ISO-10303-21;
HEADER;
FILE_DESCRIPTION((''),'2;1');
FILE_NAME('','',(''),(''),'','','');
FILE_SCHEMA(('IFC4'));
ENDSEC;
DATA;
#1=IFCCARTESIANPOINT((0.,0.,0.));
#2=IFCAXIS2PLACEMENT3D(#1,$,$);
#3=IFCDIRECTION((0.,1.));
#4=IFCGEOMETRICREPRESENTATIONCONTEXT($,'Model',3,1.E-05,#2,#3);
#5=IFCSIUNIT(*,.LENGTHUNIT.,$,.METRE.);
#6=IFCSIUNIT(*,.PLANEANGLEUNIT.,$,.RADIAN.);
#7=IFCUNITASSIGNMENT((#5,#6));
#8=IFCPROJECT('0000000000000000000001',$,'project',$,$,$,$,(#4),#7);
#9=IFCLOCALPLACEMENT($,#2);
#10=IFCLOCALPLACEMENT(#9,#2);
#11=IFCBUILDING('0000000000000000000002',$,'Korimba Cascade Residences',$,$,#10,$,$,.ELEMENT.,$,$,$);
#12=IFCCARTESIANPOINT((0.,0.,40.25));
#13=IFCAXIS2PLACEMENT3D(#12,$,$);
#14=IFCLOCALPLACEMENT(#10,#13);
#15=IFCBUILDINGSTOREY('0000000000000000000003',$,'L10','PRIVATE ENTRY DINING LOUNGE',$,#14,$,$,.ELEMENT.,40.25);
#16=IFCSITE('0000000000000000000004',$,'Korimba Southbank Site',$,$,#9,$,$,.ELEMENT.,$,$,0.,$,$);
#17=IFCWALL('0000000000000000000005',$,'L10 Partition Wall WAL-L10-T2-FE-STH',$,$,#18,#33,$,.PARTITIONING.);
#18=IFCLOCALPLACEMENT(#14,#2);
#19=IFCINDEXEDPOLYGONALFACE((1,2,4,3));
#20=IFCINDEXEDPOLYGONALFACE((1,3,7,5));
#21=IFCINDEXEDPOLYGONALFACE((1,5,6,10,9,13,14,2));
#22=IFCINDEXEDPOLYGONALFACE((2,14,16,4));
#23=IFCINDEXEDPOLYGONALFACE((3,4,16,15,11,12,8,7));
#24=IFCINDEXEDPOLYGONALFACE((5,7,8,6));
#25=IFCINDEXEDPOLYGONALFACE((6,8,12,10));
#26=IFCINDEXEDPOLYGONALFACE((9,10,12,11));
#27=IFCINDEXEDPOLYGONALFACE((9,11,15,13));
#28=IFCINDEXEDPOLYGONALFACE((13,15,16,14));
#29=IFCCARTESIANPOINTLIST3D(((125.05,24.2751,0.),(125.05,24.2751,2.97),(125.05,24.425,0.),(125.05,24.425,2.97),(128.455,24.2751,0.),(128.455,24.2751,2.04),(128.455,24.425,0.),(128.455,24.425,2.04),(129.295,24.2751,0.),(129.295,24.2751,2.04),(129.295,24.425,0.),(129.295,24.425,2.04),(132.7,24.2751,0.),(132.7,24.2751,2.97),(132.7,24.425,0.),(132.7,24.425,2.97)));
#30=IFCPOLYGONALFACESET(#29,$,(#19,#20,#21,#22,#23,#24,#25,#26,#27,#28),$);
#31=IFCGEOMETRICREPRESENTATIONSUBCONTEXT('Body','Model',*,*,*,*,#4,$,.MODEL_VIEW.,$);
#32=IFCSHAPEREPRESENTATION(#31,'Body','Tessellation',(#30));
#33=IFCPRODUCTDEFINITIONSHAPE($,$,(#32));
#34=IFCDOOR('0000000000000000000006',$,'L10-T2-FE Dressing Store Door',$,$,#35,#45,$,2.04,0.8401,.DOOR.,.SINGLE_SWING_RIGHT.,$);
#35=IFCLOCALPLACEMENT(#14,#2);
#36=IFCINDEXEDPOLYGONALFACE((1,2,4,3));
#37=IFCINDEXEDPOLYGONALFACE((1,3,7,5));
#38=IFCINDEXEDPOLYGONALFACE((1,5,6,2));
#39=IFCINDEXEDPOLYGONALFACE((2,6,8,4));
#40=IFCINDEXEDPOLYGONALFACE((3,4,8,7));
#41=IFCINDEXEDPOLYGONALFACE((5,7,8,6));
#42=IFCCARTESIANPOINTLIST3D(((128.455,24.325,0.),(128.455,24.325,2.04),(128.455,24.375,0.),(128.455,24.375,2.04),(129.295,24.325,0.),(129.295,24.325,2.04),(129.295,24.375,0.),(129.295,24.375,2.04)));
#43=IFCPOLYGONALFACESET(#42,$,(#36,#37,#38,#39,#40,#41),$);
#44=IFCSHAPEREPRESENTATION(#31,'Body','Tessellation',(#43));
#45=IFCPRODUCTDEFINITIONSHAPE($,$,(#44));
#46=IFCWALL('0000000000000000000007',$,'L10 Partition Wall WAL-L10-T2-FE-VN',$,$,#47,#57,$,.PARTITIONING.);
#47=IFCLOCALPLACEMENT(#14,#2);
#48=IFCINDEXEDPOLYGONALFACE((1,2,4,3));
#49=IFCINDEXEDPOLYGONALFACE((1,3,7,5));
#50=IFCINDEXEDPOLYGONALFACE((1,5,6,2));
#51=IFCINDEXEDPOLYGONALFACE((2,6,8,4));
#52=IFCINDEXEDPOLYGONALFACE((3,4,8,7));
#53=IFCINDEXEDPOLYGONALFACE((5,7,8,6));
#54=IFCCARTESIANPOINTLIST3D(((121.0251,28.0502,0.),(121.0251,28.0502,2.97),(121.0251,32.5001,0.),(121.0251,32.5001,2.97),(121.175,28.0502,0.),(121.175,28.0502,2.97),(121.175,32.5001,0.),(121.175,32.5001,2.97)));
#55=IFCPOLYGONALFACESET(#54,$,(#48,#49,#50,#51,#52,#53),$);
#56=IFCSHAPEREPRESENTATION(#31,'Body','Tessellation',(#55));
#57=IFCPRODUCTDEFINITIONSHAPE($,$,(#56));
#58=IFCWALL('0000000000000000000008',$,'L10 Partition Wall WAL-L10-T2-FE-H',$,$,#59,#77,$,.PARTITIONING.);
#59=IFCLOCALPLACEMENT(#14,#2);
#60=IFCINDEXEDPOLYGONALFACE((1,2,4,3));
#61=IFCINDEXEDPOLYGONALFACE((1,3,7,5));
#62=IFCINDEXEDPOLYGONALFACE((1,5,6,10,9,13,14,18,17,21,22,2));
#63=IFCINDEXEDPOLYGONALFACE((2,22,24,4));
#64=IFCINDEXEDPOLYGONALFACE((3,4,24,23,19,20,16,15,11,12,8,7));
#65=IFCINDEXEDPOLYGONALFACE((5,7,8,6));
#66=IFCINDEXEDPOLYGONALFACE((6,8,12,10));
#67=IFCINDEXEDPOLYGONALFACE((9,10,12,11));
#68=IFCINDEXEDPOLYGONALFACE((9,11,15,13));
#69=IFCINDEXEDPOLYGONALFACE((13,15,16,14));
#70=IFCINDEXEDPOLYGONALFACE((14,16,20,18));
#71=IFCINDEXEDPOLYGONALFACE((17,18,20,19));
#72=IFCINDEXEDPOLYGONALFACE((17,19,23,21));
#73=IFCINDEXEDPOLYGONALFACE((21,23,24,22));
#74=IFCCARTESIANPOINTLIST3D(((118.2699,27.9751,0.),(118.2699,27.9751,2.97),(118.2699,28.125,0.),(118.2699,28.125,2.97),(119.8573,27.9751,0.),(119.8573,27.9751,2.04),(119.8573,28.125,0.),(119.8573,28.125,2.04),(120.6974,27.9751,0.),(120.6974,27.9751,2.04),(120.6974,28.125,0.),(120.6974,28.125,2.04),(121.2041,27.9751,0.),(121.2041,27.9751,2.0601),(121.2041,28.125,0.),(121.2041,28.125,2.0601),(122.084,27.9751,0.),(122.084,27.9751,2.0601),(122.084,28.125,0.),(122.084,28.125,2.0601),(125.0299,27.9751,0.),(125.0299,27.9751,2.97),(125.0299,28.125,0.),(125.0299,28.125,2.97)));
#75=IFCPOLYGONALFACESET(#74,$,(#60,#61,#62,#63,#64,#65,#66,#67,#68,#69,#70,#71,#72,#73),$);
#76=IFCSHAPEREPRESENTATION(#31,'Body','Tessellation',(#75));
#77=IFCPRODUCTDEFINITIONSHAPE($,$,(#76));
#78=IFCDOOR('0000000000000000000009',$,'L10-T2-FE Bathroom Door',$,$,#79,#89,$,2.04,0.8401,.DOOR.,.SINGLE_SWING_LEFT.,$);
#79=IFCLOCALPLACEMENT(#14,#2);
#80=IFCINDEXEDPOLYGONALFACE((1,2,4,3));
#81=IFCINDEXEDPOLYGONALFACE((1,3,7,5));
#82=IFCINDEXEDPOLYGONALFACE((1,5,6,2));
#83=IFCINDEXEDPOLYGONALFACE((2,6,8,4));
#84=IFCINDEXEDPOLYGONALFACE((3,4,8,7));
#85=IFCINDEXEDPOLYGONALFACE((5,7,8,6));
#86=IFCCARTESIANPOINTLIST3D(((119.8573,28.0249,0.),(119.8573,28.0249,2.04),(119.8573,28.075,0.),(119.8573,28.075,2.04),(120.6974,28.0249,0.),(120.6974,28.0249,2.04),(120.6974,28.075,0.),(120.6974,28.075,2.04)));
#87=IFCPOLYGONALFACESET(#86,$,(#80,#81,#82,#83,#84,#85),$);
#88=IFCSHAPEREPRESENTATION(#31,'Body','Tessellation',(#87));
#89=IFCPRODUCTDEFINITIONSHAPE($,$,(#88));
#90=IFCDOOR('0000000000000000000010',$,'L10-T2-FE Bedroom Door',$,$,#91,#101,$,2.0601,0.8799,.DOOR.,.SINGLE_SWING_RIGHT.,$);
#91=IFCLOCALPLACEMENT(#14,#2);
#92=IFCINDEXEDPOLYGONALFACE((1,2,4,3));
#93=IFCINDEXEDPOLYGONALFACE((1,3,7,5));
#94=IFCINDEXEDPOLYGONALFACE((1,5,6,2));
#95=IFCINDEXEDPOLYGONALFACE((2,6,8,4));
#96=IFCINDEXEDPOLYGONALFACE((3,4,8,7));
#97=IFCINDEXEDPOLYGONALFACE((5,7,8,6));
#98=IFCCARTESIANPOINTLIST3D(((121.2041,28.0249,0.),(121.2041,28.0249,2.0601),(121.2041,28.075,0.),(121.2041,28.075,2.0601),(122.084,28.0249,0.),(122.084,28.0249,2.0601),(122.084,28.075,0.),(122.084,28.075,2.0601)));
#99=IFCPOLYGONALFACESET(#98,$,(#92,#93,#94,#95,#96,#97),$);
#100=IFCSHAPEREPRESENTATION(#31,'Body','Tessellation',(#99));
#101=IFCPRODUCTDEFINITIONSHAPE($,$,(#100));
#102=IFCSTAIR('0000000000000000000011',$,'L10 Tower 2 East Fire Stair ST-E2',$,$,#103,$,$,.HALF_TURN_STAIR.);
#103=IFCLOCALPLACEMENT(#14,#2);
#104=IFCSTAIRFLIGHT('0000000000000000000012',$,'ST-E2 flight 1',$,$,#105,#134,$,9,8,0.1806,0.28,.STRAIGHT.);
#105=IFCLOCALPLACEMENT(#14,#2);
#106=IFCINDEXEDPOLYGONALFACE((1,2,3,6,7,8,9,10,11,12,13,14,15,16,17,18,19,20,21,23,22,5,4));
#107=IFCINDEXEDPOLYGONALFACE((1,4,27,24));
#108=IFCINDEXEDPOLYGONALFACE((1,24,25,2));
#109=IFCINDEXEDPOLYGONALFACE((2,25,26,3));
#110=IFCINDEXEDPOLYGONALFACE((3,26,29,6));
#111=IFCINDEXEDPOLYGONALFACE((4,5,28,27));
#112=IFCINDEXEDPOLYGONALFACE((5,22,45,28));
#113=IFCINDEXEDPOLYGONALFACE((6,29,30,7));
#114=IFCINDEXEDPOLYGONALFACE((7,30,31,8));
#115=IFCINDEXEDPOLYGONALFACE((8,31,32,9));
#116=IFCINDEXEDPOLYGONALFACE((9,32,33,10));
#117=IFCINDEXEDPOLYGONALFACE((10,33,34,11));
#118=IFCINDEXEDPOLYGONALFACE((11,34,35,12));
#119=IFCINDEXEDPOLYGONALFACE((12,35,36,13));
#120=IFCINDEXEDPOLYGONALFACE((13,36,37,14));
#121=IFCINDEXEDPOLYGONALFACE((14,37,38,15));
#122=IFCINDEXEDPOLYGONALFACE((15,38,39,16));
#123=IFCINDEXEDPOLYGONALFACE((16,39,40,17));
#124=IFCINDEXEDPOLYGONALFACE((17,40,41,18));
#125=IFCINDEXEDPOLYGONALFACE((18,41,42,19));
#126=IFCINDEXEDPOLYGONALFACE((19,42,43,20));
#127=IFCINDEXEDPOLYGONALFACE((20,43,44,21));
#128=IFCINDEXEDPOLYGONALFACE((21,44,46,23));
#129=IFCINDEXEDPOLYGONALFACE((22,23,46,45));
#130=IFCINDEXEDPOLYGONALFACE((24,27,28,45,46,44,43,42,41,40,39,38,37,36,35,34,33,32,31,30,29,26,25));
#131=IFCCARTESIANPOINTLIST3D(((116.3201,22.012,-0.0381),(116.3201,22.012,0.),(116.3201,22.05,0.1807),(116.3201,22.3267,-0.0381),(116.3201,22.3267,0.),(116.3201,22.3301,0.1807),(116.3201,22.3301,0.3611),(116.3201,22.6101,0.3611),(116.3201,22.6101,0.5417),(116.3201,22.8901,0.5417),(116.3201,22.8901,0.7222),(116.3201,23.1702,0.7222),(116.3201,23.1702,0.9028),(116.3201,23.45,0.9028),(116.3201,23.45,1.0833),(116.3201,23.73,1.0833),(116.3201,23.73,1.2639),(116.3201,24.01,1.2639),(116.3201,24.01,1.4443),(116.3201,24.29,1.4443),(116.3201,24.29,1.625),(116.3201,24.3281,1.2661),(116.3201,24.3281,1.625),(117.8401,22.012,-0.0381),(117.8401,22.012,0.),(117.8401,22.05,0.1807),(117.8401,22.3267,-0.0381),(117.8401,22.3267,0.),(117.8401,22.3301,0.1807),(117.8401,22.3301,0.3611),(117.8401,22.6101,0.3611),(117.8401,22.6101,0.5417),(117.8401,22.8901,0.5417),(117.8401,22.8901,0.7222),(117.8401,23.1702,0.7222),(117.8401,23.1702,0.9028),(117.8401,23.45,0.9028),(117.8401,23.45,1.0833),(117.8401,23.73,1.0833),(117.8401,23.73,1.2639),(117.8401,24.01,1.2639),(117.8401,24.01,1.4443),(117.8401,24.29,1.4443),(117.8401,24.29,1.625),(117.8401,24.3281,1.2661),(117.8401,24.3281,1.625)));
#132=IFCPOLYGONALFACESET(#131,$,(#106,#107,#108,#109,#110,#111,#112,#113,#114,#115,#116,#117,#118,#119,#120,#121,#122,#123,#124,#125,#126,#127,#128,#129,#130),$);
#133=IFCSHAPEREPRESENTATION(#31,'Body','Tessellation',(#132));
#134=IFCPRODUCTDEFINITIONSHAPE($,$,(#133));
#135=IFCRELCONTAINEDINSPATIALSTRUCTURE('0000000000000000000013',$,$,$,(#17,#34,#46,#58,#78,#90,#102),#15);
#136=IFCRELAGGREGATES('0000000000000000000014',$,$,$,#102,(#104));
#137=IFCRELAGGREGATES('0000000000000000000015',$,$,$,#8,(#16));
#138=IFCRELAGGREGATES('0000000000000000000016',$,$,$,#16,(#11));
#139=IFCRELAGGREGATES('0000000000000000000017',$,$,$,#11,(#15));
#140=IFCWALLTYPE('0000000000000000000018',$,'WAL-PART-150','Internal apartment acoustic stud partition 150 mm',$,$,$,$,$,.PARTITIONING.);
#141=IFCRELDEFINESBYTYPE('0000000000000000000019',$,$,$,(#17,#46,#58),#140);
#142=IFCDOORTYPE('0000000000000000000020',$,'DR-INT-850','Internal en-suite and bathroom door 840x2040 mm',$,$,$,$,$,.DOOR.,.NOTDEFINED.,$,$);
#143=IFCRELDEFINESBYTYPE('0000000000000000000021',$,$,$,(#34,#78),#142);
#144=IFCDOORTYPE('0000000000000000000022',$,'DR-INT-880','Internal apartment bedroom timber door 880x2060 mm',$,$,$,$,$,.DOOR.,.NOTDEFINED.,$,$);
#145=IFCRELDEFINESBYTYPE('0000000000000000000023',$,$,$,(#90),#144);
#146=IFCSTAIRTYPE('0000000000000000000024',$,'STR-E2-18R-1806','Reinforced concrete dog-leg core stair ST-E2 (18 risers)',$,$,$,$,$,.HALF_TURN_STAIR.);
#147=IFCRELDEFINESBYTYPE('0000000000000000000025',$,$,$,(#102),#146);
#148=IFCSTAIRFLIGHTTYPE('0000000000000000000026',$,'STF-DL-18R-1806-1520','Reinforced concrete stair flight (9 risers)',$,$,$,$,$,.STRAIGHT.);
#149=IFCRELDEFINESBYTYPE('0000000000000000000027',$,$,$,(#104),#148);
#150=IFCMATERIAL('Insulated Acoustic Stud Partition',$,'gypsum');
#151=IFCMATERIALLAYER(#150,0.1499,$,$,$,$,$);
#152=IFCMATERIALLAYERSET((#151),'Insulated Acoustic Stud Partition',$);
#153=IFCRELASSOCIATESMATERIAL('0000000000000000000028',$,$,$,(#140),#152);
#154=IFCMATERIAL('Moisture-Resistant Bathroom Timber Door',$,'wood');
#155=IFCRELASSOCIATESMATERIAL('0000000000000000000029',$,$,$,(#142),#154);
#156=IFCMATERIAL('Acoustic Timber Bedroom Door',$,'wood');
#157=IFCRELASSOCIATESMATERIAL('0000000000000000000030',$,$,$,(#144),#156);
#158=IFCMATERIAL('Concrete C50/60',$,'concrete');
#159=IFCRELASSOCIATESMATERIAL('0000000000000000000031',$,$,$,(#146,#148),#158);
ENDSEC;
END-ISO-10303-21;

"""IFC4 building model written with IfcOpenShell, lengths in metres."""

from ifc_helpers import new_model, si_unit, direction, frame, frame_2d, origin, place, context, subcontext, project, spatial, polyline, rectangle, outline, extrude, material, layer, layer_set, type_object, element, fill, aggregate, save


model = new_model("IFC4")

# Units and contexts
model_context = context("Model", 3, precision=1e-05, world=origin(), true_north=direction((0.0, 1.0)))
body_context = subcontext(model_context, "Body", "Model", "MODEL_VIEW")
ifc_project = project(units=[si_unit("LENGTHUNIT", "METRE"), si_unit("PLANEANGLEUNIT", "RADIAN")], contexts=[model_context])

# Site, building, storey
site_placement = place(None, origin())
site = spatial("IfcSite", under=ifc_project, at=site_placement, Name="Korimba Southbank Site", CompositionType="ELEMENT", RefElevation=0.0)
building_placement = place(site_placement, origin())
building = spatial("IfcBuilding", under=site, at=building_placement, Name="Korimba Cascade Residences", CompositionType="ELEMENT")
storey_placement = place(building_placement, frame((0.0, 0.0, 40.25)))
storey = spatial("IfcBuildingStorey", under=building, at=storey_placement, Name="L10", Description="PRIVATE ENTRY DINING LOUNGE", CompositionType="ELEMENT", Elevation=40.25)

# Shared definitions
ifc_material_1 = material(Name="Concrete C50/60", Category="concrete")

# Wall, opening, door
ifc_material_2 = material(Name="Insulated Acoustic Stud Partition", Category="gypsum")
ifc_layer_1 = layer(ifc_material_2, 0.1499)
ifc_layer_set_1 = layer_set([ifc_layer_1], Name="Insulated Acoustic Stud Partition")
wall_type_1 = type_object("IfcWallType", Name="WAL-PART-150", Description="Internal apartment acoustic stud partition 150 mm", PredefinedType="PARTITIONING", material=ifc_layer_set_1)
wall_1_placement = place(storey_placement, frame((125.05, 24.3501, 0.0), z_axis=(0.0, 0.0, 1.0), x_axis=(1.0, 0.0, 0.0)))
wall_1 = element("IfcWall", 1, at=wall_1_placement, inside=storey, type_object=wall_type_1, Name="L10 Partition Wall WAL-L10-T2-FE-STH", PredefinedType="PARTITIONING", context=body_context, shape_type="SweptSolid", body=[
    extrude(rectangle(XDim=7.6499, YDim=0.1499, at=frame_2d((3.825, 0.0))), origin(), (0.0, 0.0, 1.0), 2.97),
])
opening_1_placement = place(wall_1_placement, frame((3.405, 0.0, 0.0)))
opening_1 = element("IfcOpeningElement", 2, at=opening_1_placement, cuts=wall_1, PredefinedType="OPENING", context=body_context, shape_type="SweptSolid", body=[
    extrude(rectangle(XDim=0.8401, YDim=2.04, at=frame_2d((0.4199, 1.02))), frame((0.0, 0.085, 0.0), z_axis=(0.0, -1.0, 0.0), x_axis=(1.0, 0.0, 0.0)), (0.0, 0.0, 1.0), 0.1699),
])
ifc_material_3 = material(Name="Moisture-Resistant Bathroom Timber Door", Category="wood")
door_type_1 = type_object("IfcDoorType", Name="DR-INT-850", Description="Internal en-suite and bathroom door 840x2040 mm", OperationType="NOTDEFINED", PredefinedType="DOOR", material=ifc_material_3)
door_1_placement = place(opening_1_placement, origin())
door_1 = element("IfcDoor", 3, at=door_1_placement, inside=storey, type_object=door_type_1, Name="L10-T2-FE Dressing Store Door", OperationType="SINGLE_SWING_RIGHT", OverallHeight=2.04, OverallWidth=0.8401, PredefinedType="DOOR", context=body_context, shape_type="SweptSolid", body=[
    extrude(rectangle(XDim=0.8401, YDim=2.04, at=frame_2d((0.4199, 1.02))), frame((0.0, 0.0249, 0.0), z_axis=(0.0, -1.0, 0.0), x_axis=(1.0, 0.0, 0.0)), (0.0, 0.0, 1.0), 0.05),
])
fill(opening_1, door_1)

# Wall
wall_2_placement = place(storey_placement, frame((121.1001, 28.05, 0.0), z_axis=(0.0, 0.0, 1.0), x_axis=(0.0, 1.0, 0.0)))
element("IfcWall", 4, at=wall_2_placement, inside=storey, type_object=wall_type_1, Name="L10 Partition Wall WAL-L10-T2-FE-VN", PredefinedType="PARTITIONING", context=body_context, shape_type="SweptSolid", body=[
    extrude(rectangle(XDim=4.45, YDim=0.1499, at=frame_2d((2.2251, 0.0))), origin(), (0.0, 0.0, 1.0), 2.97),
])

# Wall, openings, doors
wall_3_placement = place(storey_placement, frame((118.27, 28.05, 0.0), z_axis=(0.0, 0.0, 1.0), x_axis=(1.0, 0.0, 0.0)))
wall_3 = element("IfcWall", 5, at=wall_3_placement, inside=storey, type_object=wall_type_1, Name="L10 Partition Wall WAL-L10-T2-FE-H", PredefinedType="PARTITIONING", context=body_context, shape_type="SweptSolid", body=[
    extrude(rectangle(XDim=6.76, YDim=0.1499, at=frame_2d((3.3799, 0.0))), origin(), (0.0, 0.0, 1.0), 2.97),
])
opening_2_placement = place(wall_3_placement, frame((1.5874, 0.0, 0.0)))
opening_2 = element("IfcOpeningElement", 6, at=opening_2_placement, cuts=wall_3, PredefinedType="OPENING", context=body_context, shape_type="SweptSolid", body=[
    extrude(rectangle(XDim=0.8401, YDim=2.04, at=frame_2d((0.4199, 1.02))), frame((0.0, 0.085, 0.0), z_axis=(0.0, -1.0, 0.0), x_axis=(1.0, 0.0, 0.0)), (0.0, 0.0, 1.0), 0.1699),
])
opening_3_placement = place(wall_3_placement, frame((2.9341, 0.0, 0.0)))
opening_3 = element("IfcOpeningElement", 7, at=opening_3_placement, cuts=wall_3, PredefinedType="OPENING", context=body_context, shape_type="SweptSolid", body=[
    extrude(rectangle(XDim=0.8799, YDim=2.0601, at=frame_2d((0.4399, 1.03))), frame((0.0, 0.085, 0.0), z_axis=(0.0, -1.0, 0.0), x_axis=(1.0, 0.0, 0.0)), (0.0, 0.0, 1.0), 0.1699),
])
door_2_placement = place(opening_2_placement, origin())
door_2 = element("IfcDoor", 8, at=door_2_placement, inside=storey, type_object=door_type_1, Name="L10-T2-FE Bathroom Door", OperationType="SINGLE_SWING_LEFT", OverallHeight=2.04, OverallWidth=0.8401, PredefinedType="DOOR", context=body_context, shape_type="SweptSolid", body=[
    extrude(rectangle(XDim=0.8401, YDim=2.04, at=frame_2d((0.4199, 1.02))), frame((0.0, 0.0249, 0.0), z_axis=(0.0, -1.0, 0.0), x_axis=(1.0, 0.0, 0.0)), (0.0, 0.0, 1.0), 0.05),
])
fill(opening_2, door_2)
ifc_material_4 = material(Name="Acoustic Timber Bedroom Door", Category="wood")
door_type_2 = type_object("IfcDoorType", Name="DR-INT-880", Description="Internal apartment bedroom timber door 880x2060 mm", OperationType="NOTDEFINED", PredefinedType="DOOR", material=ifc_material_4)
door_3_placement = place(opening_3_placement, origin())
door_3 = element("IfcDoor", 9, at=door_3_placement, inside=storey, type_object=door_type_2, Name="L10-T2-FE Bedroom Door", OperationType="SINGLE_SWING_RIGHT", OverallHeight=2.0601, OverallWidth=0.8799, PredefinedType="DOOR", context=body_context, shape_type="SweptSolid", body=[
    extrude(rectangle(XDim=0.8799, YDim=2.0601, at=frame_2d((0.4399, 1.03))), frame((0.0, 0.0249, 0.0), z_axis=(0.0, -1.0, 0.0), x_axis=(1.0, 0.0, 0.0)), (0.0, 0.0, 1.0), 0.05),
])
fill(opening_3, door_3)

# Stair, stair flight
stair_type = type_object("IfcStairType", Name="STR-E2-18R-1806", Description="Reinforced concrete dog-leg core stair ST-E2 (18 risers)", PredefinedType="HALF_TURN_STAIR", material=ifc_material_1)
stair_placement = place(storey_placement, origin())
stair = element("IfcStair", 10, at=stair_placement, inside=storey, type_object=stair_type, Name="L10 Tower 2 East Fire Stair ST-E2", PredefinedType="HALF_TURN_STAIR")
stair_flight_type = type_object("IfcStairFlightType", Name="STF-DL-18R-1806-1520", Description="Reinforced concrete stair flight (9 risers)", PredefinedType="STRAIGHT", material=ifc_material_1)
stair_flight_placement = place(storey_placement, frame((117.0801, 22.05, 0.0), z_axis=(0.0, 0.0, 1.0), x_axis=(0.0, 1.0, 0.0)))
stair_flight = element("IfcStairFlight", 11, at=stair_flight_placement, type_object=stair_flight_type, Name="ST-E2 flight 1", NumberOfRisers=9, NumberOfTreads=8, PredefinedType="STRAIGHT", RiserHeight=0.1806, TreadLength=0.28, context=body_context, shape_type="SweptSolid", body=[
    extrude(outline(polyline([(-0.0381, 0.0), (0.0, 0.1807), (0.28, 0.1807), (0.28, 0.3611), (0.5601, 0.3611), (0.5601, 0.5417), (0.8401, 0.5417), (0.8401, 0.7222), (1.1201, 0.7222), (1.1201, 0.9028), (1.3999, 0.9028), (1.3999, 1.0833), (1.6799, 1.0833), (1.6799, 1.2639), (1.96, 1.2639), (1.96, 1.4443), (2.24, 1.4443), (2.24, 1.625), (2.2781, 1.625), (2.2781, 1.2661), (0.2766, 0.0), (0.2766, -0.0381), (-0.0381, -0.0381), (-0.0381, 0.0)])), frame((0.0, 0.76, 0.0), z_axis=(0.0, -1.0, 0.0), x_axis=(1.0, 0.0, 0.0)), (0.0, 0.0, 1.0), 1.52),
])
aggregate(stair, [stair_flight])

save(model, "model.ifc")
